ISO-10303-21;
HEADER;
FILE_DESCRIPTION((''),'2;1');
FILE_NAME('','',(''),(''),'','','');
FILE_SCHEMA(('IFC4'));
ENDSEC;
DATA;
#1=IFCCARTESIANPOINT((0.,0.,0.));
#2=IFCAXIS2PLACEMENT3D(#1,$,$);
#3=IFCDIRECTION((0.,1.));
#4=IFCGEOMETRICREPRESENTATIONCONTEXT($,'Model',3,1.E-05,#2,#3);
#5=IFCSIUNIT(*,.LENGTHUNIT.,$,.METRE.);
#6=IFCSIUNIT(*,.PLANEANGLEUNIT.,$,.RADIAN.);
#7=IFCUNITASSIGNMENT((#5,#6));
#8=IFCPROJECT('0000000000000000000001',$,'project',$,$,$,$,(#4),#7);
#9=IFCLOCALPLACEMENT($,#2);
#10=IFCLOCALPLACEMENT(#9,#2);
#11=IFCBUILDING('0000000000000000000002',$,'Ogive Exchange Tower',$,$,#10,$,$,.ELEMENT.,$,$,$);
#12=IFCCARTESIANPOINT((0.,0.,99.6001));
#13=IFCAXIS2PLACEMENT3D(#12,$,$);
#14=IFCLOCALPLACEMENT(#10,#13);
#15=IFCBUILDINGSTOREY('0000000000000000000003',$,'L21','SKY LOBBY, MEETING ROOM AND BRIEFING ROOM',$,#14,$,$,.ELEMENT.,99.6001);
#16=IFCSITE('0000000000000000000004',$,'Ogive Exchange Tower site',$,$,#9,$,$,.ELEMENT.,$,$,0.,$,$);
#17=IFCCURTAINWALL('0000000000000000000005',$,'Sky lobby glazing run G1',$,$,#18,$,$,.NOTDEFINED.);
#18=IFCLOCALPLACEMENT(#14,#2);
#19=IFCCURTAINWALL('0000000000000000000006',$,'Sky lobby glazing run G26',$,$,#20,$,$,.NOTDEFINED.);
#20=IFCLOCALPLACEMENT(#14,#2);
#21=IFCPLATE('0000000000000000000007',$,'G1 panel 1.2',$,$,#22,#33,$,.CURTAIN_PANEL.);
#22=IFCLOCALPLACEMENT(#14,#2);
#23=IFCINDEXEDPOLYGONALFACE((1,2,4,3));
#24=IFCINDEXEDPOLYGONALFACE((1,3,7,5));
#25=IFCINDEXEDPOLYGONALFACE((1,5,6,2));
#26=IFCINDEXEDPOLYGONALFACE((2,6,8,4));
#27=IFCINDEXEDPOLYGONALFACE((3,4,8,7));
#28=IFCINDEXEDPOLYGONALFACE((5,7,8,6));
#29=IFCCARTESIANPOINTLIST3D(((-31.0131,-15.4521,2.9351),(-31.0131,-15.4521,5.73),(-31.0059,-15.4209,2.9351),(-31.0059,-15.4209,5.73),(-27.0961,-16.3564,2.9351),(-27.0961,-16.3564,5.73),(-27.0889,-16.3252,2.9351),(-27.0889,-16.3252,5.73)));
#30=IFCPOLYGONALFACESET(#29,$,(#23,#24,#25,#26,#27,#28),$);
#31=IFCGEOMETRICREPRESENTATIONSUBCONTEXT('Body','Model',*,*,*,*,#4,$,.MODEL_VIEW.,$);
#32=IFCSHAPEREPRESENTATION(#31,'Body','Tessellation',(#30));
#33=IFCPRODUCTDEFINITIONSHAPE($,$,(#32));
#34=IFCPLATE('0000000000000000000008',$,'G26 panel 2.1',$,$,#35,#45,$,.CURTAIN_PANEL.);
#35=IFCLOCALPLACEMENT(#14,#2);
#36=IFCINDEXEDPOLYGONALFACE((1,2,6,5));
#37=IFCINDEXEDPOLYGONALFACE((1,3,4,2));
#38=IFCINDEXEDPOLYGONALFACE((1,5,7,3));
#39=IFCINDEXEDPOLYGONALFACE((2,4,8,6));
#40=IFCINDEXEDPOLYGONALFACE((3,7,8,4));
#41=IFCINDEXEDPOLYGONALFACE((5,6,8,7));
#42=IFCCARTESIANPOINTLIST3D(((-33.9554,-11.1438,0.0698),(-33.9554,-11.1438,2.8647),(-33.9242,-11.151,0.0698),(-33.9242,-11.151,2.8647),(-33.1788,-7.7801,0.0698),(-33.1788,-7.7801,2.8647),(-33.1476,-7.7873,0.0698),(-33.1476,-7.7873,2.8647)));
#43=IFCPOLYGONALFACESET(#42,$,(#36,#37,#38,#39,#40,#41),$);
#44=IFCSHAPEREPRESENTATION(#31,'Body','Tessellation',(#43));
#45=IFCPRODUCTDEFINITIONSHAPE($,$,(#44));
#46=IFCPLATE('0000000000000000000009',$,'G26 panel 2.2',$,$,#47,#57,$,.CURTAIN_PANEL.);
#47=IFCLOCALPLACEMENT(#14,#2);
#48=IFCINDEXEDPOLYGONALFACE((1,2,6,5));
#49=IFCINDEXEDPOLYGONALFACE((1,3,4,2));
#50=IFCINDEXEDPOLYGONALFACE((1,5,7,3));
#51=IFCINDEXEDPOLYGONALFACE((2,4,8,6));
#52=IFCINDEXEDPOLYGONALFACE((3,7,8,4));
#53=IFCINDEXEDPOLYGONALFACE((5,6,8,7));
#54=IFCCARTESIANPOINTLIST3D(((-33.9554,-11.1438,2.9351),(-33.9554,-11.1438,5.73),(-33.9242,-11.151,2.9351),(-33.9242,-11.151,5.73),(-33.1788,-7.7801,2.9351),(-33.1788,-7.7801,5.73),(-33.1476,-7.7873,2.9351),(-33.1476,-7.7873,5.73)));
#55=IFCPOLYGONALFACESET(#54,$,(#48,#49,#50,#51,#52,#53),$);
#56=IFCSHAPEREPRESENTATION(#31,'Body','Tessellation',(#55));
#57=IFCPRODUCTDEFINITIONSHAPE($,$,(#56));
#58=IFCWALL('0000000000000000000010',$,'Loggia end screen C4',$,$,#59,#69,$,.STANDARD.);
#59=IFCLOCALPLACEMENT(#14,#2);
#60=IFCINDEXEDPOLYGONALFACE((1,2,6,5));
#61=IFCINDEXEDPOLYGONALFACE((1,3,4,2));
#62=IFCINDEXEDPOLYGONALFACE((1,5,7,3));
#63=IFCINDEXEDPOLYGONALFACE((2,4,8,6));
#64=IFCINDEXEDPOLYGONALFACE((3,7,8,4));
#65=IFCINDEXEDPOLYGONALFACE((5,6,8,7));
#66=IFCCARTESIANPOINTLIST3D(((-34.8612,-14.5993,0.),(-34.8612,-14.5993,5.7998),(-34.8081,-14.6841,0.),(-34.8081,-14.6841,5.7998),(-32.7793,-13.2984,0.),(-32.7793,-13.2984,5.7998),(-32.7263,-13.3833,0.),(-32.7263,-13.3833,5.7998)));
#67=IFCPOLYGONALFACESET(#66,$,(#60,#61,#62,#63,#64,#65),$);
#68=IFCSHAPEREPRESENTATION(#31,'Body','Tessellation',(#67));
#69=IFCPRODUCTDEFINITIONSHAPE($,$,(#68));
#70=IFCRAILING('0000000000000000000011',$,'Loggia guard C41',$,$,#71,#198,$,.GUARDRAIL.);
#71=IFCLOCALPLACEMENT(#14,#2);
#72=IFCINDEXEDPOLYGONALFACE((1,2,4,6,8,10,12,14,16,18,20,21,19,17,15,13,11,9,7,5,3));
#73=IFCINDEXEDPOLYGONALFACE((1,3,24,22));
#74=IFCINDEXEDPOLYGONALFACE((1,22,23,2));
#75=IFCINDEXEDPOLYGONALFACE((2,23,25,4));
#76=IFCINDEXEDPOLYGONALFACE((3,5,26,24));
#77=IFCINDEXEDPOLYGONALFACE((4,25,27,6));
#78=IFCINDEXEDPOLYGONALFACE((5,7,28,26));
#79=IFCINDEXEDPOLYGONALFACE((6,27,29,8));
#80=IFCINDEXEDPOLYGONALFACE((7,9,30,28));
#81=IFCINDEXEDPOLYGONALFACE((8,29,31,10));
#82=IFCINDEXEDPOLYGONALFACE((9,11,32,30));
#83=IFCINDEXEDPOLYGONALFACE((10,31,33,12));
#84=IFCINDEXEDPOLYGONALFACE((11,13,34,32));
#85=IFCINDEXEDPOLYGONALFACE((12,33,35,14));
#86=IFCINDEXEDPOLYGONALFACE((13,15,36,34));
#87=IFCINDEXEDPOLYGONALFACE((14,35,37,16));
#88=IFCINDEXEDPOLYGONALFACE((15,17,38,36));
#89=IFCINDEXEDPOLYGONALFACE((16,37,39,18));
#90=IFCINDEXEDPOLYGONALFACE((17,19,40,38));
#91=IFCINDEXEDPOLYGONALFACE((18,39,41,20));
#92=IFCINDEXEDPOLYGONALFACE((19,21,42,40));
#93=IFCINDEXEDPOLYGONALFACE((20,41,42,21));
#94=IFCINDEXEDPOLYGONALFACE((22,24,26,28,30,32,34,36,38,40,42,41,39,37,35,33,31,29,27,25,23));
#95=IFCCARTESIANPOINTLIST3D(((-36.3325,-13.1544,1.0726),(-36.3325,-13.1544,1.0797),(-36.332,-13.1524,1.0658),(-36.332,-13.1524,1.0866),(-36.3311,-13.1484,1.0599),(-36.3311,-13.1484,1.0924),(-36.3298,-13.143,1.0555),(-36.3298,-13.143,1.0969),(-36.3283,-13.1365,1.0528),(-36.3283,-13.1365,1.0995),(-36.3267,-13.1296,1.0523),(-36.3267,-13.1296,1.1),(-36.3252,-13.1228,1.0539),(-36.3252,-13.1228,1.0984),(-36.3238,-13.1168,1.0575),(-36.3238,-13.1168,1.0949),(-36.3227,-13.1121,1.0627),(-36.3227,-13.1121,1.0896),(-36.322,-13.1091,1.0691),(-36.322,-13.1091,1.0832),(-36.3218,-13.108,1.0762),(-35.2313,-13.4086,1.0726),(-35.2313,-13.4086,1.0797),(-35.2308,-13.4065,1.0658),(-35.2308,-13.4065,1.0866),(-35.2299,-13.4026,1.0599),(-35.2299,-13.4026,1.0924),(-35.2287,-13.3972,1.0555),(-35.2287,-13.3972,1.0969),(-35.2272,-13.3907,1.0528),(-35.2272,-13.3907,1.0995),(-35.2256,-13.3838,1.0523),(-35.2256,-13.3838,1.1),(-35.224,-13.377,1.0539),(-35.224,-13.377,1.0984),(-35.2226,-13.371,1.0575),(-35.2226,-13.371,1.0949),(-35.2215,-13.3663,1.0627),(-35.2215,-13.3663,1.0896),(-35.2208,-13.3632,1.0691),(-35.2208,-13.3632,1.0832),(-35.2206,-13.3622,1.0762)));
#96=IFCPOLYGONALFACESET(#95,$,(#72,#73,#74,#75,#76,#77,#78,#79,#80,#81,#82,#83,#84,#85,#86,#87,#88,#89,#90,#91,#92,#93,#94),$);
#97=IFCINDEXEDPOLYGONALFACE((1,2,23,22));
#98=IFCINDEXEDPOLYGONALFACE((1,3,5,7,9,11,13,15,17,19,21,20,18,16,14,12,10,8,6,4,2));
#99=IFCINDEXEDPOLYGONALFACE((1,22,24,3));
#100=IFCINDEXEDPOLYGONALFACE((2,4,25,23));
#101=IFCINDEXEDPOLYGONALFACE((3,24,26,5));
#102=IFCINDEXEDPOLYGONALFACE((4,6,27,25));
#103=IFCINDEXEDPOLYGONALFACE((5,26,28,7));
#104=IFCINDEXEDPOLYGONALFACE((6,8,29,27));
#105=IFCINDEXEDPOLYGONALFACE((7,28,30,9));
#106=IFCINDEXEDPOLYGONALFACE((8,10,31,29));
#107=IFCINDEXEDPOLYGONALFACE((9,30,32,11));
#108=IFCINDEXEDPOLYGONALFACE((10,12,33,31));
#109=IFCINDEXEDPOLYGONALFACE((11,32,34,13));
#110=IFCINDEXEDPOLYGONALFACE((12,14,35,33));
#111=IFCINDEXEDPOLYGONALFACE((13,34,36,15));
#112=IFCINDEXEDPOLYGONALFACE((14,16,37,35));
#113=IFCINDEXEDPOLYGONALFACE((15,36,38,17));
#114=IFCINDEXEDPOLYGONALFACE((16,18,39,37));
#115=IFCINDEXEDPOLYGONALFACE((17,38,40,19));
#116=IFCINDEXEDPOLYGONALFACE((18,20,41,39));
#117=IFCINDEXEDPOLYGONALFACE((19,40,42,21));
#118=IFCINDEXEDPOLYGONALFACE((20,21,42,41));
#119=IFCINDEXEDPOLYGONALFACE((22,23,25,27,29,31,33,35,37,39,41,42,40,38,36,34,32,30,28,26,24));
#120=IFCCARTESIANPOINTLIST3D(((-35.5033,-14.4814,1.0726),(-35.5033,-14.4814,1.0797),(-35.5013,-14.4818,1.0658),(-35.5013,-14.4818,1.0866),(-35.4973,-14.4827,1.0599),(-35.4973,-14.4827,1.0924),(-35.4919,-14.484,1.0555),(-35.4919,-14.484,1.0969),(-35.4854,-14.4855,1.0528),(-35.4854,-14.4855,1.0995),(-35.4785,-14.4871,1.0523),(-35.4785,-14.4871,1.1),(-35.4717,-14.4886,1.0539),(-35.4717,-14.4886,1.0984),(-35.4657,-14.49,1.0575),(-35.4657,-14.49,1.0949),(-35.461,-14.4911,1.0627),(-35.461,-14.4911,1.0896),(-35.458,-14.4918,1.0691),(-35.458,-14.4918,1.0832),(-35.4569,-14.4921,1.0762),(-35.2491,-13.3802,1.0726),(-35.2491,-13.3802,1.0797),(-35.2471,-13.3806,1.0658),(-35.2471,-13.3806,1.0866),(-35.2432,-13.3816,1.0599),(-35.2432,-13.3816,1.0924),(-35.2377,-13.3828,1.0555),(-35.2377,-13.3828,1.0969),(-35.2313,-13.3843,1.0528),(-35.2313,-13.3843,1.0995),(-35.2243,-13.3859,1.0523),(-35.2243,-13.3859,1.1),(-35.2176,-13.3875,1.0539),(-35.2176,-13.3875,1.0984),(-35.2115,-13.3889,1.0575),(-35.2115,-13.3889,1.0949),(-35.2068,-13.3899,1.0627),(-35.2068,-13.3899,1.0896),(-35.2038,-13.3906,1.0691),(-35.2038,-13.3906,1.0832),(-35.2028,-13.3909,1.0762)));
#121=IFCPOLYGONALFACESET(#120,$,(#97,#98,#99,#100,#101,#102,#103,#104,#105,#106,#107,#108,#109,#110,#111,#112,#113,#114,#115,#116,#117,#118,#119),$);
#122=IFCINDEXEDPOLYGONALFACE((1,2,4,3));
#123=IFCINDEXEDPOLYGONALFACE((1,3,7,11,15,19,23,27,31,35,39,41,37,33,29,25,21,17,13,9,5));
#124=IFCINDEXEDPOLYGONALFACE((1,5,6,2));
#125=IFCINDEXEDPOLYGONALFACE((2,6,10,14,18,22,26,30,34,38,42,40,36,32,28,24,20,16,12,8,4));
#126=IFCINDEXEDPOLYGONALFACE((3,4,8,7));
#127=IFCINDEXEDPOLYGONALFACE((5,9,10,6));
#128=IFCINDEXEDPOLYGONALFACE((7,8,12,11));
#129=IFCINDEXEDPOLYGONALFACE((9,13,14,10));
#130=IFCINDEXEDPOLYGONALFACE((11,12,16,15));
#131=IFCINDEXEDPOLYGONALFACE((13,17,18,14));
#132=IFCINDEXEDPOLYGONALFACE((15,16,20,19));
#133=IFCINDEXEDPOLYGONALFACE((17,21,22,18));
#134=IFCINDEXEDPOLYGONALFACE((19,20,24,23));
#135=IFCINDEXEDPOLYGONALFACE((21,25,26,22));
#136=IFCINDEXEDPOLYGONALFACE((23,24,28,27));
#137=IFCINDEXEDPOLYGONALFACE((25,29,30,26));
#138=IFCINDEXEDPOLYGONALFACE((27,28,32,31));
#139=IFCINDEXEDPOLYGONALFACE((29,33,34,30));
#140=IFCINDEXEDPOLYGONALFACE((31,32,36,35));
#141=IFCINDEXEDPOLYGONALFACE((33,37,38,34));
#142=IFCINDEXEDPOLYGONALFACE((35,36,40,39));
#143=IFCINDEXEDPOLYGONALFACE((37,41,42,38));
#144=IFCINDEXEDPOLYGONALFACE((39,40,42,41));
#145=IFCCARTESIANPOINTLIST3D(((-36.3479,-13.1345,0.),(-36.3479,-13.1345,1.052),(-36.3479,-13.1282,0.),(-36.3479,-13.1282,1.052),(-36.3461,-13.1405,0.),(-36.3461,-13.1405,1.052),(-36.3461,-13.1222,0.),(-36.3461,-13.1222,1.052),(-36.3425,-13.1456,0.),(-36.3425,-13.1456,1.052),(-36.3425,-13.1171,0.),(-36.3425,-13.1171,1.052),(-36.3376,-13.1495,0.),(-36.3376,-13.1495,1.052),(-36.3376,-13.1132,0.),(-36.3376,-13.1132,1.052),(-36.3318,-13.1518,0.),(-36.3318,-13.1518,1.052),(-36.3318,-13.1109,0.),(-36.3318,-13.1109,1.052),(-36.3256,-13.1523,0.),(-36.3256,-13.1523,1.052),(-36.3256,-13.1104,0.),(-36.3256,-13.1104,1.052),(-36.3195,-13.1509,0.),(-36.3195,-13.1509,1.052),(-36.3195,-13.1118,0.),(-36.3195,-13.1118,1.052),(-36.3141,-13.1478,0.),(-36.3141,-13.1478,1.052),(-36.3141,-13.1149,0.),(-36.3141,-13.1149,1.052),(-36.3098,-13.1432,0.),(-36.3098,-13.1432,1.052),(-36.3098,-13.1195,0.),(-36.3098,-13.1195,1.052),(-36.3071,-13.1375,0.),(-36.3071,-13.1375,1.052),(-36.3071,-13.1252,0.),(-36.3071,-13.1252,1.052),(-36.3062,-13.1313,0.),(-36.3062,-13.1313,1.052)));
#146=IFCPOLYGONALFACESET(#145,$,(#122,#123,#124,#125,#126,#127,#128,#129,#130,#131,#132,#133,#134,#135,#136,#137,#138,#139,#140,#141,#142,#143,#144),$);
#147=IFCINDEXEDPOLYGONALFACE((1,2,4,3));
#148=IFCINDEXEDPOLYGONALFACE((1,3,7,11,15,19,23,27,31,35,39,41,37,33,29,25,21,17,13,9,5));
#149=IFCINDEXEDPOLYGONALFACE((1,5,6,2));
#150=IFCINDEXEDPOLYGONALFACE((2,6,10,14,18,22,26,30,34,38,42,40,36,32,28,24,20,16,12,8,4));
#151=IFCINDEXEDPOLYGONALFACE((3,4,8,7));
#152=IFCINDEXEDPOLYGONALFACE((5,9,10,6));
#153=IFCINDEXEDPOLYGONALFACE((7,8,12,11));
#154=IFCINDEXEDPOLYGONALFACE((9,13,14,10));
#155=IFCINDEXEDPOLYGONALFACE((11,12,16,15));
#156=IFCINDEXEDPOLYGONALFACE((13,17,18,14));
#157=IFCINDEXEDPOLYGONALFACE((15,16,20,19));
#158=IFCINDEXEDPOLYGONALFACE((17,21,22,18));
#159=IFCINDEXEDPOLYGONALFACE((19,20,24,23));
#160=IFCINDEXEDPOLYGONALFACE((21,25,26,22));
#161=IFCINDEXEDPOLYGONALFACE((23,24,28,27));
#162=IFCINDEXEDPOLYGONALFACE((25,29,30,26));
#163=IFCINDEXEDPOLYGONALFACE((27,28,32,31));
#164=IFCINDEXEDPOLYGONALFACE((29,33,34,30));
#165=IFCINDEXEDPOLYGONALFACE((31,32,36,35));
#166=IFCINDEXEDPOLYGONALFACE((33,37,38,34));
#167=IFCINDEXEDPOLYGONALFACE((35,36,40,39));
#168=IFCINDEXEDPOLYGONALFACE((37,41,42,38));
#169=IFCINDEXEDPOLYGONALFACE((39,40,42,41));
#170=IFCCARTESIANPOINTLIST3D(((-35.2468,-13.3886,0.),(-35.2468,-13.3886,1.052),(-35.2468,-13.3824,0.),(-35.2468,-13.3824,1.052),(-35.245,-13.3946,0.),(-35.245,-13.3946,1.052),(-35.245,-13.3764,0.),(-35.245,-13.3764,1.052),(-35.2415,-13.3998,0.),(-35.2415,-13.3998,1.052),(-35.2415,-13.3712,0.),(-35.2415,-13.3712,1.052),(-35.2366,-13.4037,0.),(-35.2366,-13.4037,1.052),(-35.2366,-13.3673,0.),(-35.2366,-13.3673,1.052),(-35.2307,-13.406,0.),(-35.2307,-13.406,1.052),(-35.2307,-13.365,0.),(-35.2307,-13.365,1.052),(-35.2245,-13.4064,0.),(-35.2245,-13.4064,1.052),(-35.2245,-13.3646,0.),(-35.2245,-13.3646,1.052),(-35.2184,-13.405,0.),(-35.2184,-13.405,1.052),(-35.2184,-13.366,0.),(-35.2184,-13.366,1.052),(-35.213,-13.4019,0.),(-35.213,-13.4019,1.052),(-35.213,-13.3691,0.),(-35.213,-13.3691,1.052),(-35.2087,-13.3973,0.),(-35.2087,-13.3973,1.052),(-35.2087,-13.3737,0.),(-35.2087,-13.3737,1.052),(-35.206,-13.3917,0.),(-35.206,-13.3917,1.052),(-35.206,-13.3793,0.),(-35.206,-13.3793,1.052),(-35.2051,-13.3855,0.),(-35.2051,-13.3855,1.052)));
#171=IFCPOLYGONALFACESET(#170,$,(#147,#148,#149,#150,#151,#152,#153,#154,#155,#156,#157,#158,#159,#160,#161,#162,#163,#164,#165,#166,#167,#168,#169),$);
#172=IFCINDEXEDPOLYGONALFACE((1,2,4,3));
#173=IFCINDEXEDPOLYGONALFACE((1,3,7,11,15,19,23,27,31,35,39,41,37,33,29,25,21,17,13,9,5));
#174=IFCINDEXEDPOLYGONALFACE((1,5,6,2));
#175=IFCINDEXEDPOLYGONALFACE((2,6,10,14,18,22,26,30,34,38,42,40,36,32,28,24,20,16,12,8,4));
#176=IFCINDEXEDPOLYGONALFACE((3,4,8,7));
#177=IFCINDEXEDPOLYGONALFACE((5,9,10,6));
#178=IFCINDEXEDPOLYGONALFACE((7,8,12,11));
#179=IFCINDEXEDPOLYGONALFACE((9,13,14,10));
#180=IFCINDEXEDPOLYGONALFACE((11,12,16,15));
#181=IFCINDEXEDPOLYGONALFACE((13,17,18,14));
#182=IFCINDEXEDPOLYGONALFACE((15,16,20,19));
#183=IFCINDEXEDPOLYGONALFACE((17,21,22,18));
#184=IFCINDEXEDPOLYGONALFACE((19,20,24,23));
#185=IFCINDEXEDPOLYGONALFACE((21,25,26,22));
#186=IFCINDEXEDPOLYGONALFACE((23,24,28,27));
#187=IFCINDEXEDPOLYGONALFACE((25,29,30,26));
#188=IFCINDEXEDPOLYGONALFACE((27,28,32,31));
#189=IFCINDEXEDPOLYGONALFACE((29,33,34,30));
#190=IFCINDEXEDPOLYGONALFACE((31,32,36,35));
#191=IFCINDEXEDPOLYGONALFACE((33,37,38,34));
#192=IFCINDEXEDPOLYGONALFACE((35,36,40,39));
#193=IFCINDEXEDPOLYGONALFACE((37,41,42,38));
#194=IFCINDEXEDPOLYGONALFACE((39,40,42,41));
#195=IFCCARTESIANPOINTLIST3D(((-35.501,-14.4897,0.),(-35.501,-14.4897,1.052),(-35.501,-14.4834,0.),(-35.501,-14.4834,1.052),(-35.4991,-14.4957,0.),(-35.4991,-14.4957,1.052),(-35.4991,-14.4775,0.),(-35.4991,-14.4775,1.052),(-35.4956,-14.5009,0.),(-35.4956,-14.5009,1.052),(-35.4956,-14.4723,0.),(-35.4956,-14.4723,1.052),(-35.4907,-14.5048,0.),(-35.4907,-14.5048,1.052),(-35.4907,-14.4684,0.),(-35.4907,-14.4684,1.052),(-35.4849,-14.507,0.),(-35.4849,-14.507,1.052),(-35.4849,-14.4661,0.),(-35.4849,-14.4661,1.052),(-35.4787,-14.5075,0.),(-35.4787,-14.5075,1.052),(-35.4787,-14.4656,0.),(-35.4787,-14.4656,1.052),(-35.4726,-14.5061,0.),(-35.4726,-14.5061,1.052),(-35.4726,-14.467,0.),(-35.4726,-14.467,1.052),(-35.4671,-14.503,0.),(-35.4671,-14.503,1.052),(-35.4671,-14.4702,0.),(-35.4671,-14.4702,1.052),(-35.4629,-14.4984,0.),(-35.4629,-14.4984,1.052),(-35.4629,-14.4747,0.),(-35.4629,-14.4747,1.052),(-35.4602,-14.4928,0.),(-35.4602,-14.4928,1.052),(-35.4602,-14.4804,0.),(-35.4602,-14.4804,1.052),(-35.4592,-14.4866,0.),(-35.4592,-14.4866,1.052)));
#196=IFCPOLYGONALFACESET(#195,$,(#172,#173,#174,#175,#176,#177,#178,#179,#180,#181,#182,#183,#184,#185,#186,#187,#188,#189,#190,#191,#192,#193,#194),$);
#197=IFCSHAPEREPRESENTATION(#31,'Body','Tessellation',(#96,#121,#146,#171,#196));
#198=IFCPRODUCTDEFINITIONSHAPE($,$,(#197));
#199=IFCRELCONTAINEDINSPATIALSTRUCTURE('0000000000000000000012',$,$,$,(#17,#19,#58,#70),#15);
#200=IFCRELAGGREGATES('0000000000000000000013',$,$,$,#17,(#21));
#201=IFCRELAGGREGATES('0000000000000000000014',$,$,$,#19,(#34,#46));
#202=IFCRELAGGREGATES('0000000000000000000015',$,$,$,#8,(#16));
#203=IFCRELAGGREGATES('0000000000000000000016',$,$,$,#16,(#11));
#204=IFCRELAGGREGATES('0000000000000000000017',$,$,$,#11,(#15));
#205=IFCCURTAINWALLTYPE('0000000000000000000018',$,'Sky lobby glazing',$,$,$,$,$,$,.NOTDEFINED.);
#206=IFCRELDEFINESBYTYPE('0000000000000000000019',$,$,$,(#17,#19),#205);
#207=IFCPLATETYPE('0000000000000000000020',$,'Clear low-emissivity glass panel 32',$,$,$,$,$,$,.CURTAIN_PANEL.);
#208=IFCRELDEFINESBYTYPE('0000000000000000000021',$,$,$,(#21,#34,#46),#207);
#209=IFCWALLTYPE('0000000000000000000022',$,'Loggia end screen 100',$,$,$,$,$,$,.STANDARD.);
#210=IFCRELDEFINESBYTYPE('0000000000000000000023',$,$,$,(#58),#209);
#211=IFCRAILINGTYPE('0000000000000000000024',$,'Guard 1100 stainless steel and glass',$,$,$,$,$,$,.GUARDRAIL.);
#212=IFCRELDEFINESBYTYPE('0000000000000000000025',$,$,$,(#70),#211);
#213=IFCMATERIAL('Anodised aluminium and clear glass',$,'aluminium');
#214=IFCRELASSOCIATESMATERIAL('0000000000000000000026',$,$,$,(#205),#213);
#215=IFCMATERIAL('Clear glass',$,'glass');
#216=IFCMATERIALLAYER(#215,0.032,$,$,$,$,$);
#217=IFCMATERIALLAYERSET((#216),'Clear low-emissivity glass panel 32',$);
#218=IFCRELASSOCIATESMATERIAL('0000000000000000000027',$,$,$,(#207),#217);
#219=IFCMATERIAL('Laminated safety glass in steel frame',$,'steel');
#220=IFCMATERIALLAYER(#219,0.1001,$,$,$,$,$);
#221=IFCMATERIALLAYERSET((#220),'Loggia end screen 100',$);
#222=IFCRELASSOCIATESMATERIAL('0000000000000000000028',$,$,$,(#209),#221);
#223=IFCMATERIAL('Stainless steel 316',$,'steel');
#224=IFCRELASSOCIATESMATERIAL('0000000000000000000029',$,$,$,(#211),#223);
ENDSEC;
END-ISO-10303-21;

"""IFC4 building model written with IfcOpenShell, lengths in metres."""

from ifc_helpers import new_model, si_unit, direction, frame, frame_2d, origin, origin_2d, place, context, subcontext, project, spatial, rectangle, circle, extrude, material, layer, layer_set, type_object, element, aggregate, save


model = new_model("IFC4")

# Units and contexts
model_context = context("Model", 3, precision=1e-05, world=origin(), true_north=direction((0.0, 1.0)))
body_context = subcontext(model_context, "Body", "Model", "MODEL_VIEW")
ifc_project = project(units=[si_unit("LENGTHUNIT", "METRE"), si_unit("PLANEANGLEUNIT", "RADIAN")], contexts=[model_context])

# Site, building, storey
site_placement = place(None, origin())
site = spatial("IfcSite", under=ifc_project, at=site_placement, Name="Ogive Exchange Tower site", CompositionType="ELEMENT", RefElevation=0.0)
building_placement = place(site_placement, origin())
building = spatial("IfcBuilding", under=site, at=building_placement, Name="Ogive Exchange Tower", CompositionType="ELEMENT")
storey_placement = place(building_placement, frame((0.0, 0.0, 99.6001)))
storey = spatial("IfcBuildingStorey", under=building, at=storey_placement, Name="L21", Description="SKY LOBBY, MEETING ROOM AND BRIEFING ROOM", CompositionType="ELEMENT", Elevation=99.6001)

# Curtain wall
ifc_material_1 = material(Name="Anodised aluminium and clear glass", Category="aluminium")
curtain_wall_type = type_object("IfcCurtainWallType", Name="Sky lobby glazing", PredefinedType="NOTDEFINED", material=ifc_material_1)
curtain_wall_1_placement = place(storey_placement, origin())
curtain_wall_1 = element("IfcCurtainWall", 1, at=curtain_wall_1_placement, inside=storey, type_object=curtain_wall_type, Name="Sky lobby glazing run G1", PredefinedType="NOTDEFINED")

# Curtain wall
curtain_wall_2_placement = place(storey_placement, origin())
curtain_wall_2 = element("IfcCurtainWall", 2, at=curtain_wall_2_placement, inside=storey, type_object=curtain_wall_type, Name="Sky lobby glazing run G26", PredefinedType="NOTDEFINED")

# Plates
ifc_material_2 = material(Name="Clear glass", Category="glass")
ifc_layer_1 = layer(ifc_material_2, 0.032)
ifc_layer_set_1 = layer_set([ifc_layer_1], Name="Clear low-emissivity glass panel 32")
plate_type = type_object("IfcPlateType", Name="Clear low-emissivity glass panel 32", PredefinedType="CURTAIN_PANEL", material=ifc_layer_set_1)
plate_1_placement = place(storey_placement, frame((-29.051, -15.8887, 2.9351), z_axis=(0.0, 0.0, 1.0), x_axis=(0.974371, -0.224947, 0.0)))
plate_1 = element("IfcPlate", 3, at=plate_1_placement, type_object=plate_type, Name="G1 panel 1.2", PredefinedType="CURTAIN_PANEL", context=body_context, shape_type="SweptSolid", body=[
    extrude(rectangle(XDim=4.02, YDim=0.032, at=origin_2d()), origin(), (0.0, 0.0, 1.0), 2.7949),
])
aggregate(curtain_wall_1, [plate_1])
plate_2_placement = place(storey_placement, frame((-33.5515, -9.4656, 0.0698), z_axis=(0.0, 0.0, 1.0), x_axis=(-0.224957, -0.974369, 0.0)))
plate_2 = element("IfcPlate", 4, at=plate_2_placement, type_object=plate_type, Name="G26 panel 2.1", PredefinedType="CURTAIN_PANEL", context=body_context, shape_type="SweptSolid", body=[
    extrude(rectangle(XDim=3.4521, YDim=0.032, at=origin_2d()), origin(), (0.0, 0.0, 1.0), 2.7949),
])
plate_3_placement = place(storey_placement, frame((-33.5515, -9.4656, 2.9351), z_axis=(0.0, 0.0, 1.0), x_axis=(-0.224957, -0.974369, 0.0)))
plate_3 = element("IfcPlate", 5, at=plate_3_placement, type_object=plate_type, Name="G26 panel 2.2", PredefinedType="CURTAIN_PANEL", context=body_context, shape_type="SweptSolid", body=[
    extrude(rectangle(XDim=3.4521, YDim=0.032, at=origin_2d()), origin(), (0.0, 0.0, 1.0), 2.7949),
])
aggregate(curtain_wall_2, [plate_2, plate_3])

# Wall
ifc_material_3 = material(Name="Laminated safety glass in steel frame", Category="steel")
ifc_layer_2 = layer(ifc_material_3, 0.1001)
ifc_layer_set_2 = layer_set([ifc_layer_2], Name="Loggia end screen 100")
wall_type = type_object("IfcWallType", Name="Loggia end screen 100", PredefinedType="STANDARD", material=ifc_layer_set_2)
wall_placement = place(storey_placement, frame((-32.7527, -13.3408, 0.0), z_axis=(0.0, 0.0, 1.0), x_axis=(-0.84806, -0.529901, 0.0)))
element("IfcWall", 6, at=wall_placement, inside=storey, type_object=wall_type, Name="Loggia end screen C4", PredefinedType="STANDARD", context=body_context, shape_type="SweptSolid", body=[
    extrude(rectangle(XDim=2.4548, YDim=0.1001, at=frame_2d((1.2275, 0.0))), origin(), (0.0, 0.0, 1.0), 5.7998),
])

# Railing
ifc_material_4 = material(Name="Stainless steel 316", Category="steel")
railing_type = type_object("IfcRailingType", Name="Guard 1100 stainless steel and glass", PredefinedType="GUARDRAIL", material=ifc_material_4)
for number, where, name in (
    (7, (-36.3271, -13.1313, 0.0), "Loggia guard C41"),
):
    element("IfcRailing", number, at=place(storey_placement, frame(where)), inside=storey, type_object=railing_type, Name=name, PredefinedType="GUARDRAIL", context=body_context, shape_type="SweptSolid", body=[
        extrude(circle(Radius=0.0239, at=origin_2d()), frame((0.0, 0.0, 1.0762), z_axis=(0.97438, -0.224907, 0.0), x_axis=(0.224907, 0.97438, 0.0)), (0.0, 0.0, 1.0), 1.1301),
        extrude(circle(Radius=0.0239, at=origin_2d()), frame((1.1011, -0.2542, 1.0762), z_axis=(-0.224907, -0.97438, 0.0), x_axis=(0.97438, -0.224907, 0.0)), (0.0, 0.0, 1.0), 1.1301),
        extrude(circle(Radius=0.021, at=origin_2d()), origin(), (0.0, 0.0, 1.0), 1.052),
        extrude(circle(Radius=0.021, at=origin_2d()), frame((1.1011, -0.2542, 0.0)), (0.0, 0.0, 1.0), 1.052),
        extrude(circle(Radius=0.021, at=origin_2d()), frame((0.8469, -1.3552, 0.0)), (0.0, 0.0, 1.0), 1.052),
    ])

save(model, "model.ifc")
